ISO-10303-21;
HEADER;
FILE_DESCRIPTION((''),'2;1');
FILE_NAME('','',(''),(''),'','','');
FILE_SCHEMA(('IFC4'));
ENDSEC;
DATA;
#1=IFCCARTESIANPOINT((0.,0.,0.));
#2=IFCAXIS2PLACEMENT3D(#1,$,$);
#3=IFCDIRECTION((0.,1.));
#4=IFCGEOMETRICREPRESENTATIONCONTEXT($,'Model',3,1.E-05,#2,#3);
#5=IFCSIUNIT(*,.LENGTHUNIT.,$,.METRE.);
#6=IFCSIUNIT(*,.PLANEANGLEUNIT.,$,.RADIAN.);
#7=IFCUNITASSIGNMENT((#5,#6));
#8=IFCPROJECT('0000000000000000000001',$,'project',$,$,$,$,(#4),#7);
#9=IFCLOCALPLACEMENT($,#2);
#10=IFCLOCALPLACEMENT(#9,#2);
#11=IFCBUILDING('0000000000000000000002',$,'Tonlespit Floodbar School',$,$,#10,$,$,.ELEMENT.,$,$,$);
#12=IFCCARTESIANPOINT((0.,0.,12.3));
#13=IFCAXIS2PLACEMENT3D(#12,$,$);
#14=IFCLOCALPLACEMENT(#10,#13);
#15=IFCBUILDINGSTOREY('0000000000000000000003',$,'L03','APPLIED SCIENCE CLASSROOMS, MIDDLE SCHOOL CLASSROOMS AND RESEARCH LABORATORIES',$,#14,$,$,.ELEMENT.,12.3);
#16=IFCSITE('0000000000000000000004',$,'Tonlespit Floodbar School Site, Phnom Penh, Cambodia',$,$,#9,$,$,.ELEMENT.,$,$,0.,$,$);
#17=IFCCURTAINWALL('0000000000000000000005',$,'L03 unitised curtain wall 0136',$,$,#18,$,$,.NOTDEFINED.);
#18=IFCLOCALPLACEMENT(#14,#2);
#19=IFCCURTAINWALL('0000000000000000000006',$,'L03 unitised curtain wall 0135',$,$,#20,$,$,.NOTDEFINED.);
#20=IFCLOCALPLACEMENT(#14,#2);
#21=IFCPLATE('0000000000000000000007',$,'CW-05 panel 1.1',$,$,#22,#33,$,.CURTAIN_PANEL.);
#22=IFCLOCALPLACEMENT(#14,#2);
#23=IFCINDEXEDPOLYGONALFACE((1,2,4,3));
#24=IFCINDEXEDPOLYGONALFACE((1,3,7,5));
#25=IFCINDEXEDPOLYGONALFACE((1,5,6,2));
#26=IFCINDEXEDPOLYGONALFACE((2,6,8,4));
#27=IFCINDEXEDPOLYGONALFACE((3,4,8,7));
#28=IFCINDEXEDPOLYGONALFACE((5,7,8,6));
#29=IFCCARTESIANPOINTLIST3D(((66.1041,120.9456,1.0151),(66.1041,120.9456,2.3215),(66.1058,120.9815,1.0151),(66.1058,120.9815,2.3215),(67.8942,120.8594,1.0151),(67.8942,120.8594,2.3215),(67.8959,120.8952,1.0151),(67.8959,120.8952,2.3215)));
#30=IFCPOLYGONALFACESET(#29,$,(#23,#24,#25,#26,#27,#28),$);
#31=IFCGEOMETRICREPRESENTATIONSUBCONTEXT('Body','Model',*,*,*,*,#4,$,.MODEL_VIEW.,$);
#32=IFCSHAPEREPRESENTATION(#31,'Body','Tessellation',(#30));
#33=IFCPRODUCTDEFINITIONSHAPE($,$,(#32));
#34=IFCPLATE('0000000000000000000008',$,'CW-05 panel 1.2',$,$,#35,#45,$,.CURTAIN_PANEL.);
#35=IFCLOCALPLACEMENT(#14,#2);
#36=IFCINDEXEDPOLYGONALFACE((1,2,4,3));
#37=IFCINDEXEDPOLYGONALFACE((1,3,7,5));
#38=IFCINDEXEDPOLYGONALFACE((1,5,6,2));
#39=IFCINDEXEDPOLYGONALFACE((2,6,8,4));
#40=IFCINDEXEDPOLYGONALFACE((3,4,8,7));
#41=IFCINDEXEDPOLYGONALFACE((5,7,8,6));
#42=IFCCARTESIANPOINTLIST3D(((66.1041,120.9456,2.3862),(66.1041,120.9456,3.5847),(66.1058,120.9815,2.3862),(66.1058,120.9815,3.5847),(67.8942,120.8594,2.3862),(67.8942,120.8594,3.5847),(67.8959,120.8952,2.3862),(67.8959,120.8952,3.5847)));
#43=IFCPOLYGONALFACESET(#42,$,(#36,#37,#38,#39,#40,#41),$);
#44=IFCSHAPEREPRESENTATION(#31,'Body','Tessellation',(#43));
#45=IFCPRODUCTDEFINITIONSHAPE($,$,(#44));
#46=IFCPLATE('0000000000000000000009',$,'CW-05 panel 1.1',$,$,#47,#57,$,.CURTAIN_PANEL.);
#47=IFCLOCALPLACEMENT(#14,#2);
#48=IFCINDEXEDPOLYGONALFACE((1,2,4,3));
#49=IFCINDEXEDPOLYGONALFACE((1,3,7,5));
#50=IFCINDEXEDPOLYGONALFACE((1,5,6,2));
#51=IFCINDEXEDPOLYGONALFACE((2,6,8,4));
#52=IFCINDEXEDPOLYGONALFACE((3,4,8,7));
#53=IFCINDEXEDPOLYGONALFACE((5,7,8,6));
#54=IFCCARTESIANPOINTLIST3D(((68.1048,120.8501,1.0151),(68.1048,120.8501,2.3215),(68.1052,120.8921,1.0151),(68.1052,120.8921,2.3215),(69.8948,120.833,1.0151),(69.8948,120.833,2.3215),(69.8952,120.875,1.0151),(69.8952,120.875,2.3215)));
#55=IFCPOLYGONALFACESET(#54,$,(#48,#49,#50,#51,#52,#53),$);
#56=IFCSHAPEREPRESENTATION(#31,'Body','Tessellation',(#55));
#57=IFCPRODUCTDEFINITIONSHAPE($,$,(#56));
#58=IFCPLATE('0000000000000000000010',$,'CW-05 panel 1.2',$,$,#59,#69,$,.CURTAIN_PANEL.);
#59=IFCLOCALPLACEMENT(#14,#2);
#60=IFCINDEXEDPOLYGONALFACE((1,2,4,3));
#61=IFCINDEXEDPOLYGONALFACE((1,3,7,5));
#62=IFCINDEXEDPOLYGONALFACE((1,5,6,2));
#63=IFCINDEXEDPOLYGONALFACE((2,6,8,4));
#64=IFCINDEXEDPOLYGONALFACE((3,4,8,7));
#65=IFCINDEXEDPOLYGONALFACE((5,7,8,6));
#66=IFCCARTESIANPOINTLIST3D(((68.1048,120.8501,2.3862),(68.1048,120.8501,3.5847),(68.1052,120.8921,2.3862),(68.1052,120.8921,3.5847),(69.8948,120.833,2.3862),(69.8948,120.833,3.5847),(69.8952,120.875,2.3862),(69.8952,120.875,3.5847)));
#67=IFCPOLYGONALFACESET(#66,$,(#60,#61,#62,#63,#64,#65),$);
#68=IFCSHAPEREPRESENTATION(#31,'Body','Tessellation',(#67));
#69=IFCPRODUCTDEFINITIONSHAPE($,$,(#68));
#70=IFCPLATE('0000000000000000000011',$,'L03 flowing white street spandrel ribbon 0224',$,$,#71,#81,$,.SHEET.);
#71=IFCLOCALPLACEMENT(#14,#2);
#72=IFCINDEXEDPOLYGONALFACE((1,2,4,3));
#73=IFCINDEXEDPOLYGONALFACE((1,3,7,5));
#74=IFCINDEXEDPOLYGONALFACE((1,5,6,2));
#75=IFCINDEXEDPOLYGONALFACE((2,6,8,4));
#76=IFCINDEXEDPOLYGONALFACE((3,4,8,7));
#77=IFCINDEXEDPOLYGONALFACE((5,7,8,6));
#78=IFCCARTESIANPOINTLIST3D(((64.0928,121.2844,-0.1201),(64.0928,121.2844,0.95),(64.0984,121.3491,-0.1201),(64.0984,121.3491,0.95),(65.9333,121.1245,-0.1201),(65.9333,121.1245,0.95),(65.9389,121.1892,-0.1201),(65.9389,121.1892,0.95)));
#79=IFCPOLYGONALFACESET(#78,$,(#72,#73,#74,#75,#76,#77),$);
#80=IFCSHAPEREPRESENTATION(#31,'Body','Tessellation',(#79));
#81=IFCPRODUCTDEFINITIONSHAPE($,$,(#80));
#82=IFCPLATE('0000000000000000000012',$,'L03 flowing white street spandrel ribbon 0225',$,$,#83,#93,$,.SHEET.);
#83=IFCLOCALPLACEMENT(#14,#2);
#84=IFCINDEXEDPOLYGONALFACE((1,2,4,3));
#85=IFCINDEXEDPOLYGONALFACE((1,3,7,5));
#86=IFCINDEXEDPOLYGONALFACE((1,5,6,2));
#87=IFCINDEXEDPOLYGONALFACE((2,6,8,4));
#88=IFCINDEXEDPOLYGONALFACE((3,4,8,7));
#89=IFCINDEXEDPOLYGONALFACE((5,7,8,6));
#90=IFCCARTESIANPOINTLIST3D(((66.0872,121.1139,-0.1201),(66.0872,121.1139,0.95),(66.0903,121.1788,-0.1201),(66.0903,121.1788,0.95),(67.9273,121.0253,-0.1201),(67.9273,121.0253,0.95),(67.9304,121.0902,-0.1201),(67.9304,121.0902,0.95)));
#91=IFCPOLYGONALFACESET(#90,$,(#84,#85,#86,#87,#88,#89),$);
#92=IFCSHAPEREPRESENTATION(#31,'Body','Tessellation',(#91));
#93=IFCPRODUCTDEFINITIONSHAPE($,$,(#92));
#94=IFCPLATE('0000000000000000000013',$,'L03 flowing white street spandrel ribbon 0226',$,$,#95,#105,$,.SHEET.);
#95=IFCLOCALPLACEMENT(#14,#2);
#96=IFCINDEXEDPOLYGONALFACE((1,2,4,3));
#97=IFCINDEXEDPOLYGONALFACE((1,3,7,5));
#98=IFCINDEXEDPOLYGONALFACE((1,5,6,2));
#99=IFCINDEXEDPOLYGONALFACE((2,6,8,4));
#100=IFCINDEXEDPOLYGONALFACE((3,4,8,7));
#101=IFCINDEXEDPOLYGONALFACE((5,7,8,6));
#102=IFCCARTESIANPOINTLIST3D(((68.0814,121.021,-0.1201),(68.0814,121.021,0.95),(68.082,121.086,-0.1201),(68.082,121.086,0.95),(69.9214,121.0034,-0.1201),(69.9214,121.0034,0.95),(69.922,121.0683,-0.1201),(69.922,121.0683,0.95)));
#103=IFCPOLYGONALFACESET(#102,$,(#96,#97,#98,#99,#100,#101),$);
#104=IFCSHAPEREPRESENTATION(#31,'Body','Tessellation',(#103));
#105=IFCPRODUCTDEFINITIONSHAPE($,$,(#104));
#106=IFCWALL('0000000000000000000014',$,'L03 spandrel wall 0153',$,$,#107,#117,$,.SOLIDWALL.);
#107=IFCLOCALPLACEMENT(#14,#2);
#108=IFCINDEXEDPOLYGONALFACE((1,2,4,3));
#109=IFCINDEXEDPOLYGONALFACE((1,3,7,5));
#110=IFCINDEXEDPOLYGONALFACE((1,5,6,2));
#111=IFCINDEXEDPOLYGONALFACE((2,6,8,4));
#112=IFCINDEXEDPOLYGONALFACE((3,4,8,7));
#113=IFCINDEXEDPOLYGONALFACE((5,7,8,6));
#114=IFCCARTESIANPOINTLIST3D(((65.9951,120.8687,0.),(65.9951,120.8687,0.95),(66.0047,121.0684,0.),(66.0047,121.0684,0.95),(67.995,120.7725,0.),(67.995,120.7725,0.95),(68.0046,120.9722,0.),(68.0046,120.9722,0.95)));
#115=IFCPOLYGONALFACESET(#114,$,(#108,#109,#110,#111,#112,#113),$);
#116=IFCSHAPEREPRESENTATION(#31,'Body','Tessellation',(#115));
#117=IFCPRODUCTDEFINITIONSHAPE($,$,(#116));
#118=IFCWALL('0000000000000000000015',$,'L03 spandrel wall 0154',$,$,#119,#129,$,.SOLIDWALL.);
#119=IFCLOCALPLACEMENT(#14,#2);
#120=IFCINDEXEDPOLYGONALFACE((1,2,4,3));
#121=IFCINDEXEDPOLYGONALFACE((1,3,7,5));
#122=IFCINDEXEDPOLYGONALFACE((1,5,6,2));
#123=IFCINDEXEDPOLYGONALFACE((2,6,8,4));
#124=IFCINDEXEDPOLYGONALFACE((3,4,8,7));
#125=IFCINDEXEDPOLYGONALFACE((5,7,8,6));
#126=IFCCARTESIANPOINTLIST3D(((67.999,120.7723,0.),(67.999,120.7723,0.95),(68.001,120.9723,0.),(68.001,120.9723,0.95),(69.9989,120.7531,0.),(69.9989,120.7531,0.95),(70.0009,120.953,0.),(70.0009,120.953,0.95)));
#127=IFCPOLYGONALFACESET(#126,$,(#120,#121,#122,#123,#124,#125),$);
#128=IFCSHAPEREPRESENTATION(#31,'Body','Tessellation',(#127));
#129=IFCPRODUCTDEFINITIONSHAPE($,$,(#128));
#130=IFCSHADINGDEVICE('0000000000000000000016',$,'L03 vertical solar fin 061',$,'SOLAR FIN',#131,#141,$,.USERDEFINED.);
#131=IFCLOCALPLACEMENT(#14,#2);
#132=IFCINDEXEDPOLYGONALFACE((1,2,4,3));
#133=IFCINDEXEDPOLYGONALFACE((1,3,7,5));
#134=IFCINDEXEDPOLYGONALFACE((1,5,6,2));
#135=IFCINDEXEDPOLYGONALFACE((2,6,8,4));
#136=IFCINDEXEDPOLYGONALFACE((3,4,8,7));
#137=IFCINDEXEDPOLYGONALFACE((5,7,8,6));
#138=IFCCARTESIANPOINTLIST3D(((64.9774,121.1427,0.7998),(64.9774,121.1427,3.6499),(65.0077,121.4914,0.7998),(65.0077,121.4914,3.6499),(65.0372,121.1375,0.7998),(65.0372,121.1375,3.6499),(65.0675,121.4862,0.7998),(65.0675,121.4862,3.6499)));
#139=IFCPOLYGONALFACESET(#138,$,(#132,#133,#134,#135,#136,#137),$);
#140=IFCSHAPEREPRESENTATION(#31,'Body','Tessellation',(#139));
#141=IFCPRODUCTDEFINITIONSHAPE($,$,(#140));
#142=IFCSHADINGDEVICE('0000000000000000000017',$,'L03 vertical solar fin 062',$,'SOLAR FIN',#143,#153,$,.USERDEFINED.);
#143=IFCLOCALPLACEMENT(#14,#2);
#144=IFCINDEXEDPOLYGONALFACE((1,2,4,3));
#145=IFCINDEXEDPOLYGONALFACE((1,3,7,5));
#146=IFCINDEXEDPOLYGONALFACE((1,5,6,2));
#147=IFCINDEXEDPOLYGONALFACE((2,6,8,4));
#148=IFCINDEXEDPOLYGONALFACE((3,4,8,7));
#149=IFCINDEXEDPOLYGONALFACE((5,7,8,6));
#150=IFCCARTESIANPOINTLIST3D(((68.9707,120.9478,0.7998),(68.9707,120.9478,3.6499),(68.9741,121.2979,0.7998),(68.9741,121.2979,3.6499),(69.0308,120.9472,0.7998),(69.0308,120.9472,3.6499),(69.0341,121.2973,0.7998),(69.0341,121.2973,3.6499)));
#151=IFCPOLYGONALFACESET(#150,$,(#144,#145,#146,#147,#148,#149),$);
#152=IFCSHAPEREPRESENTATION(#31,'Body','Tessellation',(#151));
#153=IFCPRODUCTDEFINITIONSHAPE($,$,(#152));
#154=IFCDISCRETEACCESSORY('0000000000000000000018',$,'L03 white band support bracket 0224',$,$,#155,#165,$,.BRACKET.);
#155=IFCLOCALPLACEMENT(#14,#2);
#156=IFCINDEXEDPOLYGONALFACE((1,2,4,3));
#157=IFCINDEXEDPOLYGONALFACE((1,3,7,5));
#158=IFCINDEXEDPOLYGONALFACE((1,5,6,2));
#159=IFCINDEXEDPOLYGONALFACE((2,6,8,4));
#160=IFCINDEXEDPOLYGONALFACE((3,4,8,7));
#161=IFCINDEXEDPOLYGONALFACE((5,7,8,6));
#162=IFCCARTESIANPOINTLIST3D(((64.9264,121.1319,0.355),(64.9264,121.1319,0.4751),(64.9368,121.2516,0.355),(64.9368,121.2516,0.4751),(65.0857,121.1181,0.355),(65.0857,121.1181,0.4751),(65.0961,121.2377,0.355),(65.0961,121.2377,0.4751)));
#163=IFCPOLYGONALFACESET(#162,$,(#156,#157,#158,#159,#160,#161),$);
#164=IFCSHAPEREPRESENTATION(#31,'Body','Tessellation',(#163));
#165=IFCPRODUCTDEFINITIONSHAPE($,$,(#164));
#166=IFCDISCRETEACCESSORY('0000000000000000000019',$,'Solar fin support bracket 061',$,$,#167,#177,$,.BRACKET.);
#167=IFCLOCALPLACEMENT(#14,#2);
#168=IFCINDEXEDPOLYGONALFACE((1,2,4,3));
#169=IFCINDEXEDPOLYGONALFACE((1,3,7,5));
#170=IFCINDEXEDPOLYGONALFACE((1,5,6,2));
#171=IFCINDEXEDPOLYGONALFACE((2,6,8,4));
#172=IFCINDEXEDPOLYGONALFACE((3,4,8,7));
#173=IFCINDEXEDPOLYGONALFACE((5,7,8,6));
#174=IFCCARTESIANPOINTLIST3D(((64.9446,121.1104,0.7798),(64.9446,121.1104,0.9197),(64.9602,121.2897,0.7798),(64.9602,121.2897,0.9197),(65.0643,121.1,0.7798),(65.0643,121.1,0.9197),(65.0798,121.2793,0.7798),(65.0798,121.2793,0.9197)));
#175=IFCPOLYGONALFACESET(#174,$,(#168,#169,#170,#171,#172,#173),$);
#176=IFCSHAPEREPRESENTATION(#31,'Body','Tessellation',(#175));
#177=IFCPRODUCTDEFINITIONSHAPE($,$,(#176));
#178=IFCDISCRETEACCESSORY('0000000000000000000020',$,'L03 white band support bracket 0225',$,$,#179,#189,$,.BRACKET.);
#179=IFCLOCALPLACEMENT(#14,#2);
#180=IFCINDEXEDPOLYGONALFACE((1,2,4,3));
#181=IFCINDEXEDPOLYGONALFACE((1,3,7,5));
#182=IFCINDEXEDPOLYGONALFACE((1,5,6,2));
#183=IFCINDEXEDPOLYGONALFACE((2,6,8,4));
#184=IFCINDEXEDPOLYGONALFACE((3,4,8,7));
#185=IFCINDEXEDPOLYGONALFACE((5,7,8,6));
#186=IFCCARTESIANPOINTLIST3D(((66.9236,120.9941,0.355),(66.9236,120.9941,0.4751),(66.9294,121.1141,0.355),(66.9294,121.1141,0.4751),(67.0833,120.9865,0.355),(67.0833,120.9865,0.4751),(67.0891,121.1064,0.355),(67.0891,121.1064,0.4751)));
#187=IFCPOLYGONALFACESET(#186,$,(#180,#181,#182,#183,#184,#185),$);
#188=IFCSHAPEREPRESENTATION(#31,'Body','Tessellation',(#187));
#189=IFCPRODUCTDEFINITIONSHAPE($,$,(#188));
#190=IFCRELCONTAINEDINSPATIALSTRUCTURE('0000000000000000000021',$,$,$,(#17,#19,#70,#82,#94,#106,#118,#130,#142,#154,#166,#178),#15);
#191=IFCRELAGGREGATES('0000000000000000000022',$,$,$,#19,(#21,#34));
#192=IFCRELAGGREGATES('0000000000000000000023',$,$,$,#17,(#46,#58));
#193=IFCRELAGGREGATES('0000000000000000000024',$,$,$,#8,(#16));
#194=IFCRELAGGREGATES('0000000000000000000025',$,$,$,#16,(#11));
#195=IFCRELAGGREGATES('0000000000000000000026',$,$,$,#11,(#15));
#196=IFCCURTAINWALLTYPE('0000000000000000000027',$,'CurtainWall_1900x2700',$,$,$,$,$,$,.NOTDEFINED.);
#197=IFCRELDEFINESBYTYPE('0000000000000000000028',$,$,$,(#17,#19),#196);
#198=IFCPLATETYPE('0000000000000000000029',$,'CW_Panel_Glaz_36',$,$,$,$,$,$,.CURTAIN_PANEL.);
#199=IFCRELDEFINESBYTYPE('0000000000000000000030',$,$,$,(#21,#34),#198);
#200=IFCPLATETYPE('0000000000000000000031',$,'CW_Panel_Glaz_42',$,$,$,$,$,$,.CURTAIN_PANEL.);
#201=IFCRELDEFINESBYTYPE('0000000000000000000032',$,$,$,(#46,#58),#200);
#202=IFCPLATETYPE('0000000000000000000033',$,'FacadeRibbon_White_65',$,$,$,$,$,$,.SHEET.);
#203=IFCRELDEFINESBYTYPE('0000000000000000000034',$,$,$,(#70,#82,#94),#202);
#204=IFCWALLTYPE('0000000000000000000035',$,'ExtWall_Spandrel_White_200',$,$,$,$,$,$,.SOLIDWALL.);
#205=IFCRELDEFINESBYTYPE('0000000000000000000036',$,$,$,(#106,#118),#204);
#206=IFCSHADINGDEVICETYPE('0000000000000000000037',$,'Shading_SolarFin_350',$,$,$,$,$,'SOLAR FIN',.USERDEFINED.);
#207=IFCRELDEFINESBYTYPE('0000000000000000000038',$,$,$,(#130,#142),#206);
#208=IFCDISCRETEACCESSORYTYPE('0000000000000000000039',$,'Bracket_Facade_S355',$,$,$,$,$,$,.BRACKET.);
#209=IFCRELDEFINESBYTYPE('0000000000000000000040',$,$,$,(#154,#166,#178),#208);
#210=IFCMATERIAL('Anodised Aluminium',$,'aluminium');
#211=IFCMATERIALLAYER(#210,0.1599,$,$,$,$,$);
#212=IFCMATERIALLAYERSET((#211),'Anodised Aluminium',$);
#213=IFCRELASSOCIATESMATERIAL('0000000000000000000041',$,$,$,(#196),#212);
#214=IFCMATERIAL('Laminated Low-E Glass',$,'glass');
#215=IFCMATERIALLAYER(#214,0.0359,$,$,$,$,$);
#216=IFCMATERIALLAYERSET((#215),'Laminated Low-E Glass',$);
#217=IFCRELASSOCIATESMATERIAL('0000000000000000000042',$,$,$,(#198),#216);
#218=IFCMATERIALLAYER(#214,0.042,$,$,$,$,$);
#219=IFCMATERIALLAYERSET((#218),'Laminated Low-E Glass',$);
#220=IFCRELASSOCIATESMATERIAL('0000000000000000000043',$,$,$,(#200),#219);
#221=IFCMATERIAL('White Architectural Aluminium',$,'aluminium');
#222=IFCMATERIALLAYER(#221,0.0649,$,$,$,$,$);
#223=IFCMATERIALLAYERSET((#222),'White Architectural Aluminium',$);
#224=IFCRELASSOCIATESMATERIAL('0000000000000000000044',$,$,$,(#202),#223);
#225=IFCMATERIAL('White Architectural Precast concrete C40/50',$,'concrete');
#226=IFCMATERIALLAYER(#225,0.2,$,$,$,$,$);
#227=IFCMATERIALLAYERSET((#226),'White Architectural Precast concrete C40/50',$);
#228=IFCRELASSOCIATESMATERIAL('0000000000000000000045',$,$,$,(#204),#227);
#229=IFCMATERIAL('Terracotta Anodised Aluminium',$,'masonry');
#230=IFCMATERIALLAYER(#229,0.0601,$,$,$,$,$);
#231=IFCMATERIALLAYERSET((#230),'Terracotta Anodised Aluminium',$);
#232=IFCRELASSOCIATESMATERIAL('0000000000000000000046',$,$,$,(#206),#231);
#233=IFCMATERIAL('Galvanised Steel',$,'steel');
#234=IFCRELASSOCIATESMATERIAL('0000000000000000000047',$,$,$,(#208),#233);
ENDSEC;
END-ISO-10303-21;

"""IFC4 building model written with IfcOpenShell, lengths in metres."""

from ifc_helpers import new_model, si_unit, direction, frame, frame_2d, origin, origin_2d, place, context, subcontext, project, spatial, rectangle, extrude, material, layer, layer_set, type_object, element, aggregate, save


model = new_model("IFC4")

# Units and contexts
model_context = context("Model", 3, precision=1e-05, world=origin(), true_north=direction((0.0, 1.0)))
body_context = subcontext(model_context, "Body", "Model", "MODEL_VIEW")
ifc_project = project(units=[si_unit("LENGTHUNIT", "METRE"), si_unit("PLANEANGLEUNIT", "RADIAN")], contexts=[model_context])

# Site, building, storey
site_placement = place(None, origin())
site = spatial("IfcSite", under=ifc_project, at=site_placement, Name="Tonlespit Floodbar School Site, Phnom Penh, Cambodia", CompositionType="ELEMENT", RefElevation=0.0)
building_placement = place(site_placement, origin())
building = spatial("IfcBuilding", under=site, at=building_placement, Name="Tonlespit Floodbar School", CompositionType="ELEMENT")
storey_placement = place(building_placement, frame((0.0, 0.0, 12.3)))
storey = spatial("IfcBuildingStorey", under=building, at=storey_placement, Name="L03", Description="APPLIED SCIENCE CLASSROOMS, MIDDLE SCHOOL CLASSROOMS AND RESEARCH LABORATORIES", CompositionType="ELEMENT", Elevation=12.3)

# Curtain wall
ifc_material_1 = material(Name="Anodised Aluminium", Category="aluminium")
ifc_layer_1 = layer(ifc_material_1, 0.1599)
ifc_layer_set_1 = layer_set([ifc_layer_1], Name="Anodised Aluminium")
curtain_wall_type_1 = type_object("IfcCurtainWallType", Name="CurtainWall_1900x2700", PredefinedType="NOTDEFINED", material=ifc_layer_set_1)
curtain_wall_1_placement = place(storey_placement, origin())
curtain_wall_1 = element("IfcCurtainWall", 1, at=curtain_wall_1_placement, inside=storey, type_object=curtain_wall_type_1, Name="L03 unitised curtain wall 0136", PredefinedType="NOTDEFINED")

# Curtain wall
curtain_wall_2_placement = place(storey_placement, origin())
curtain_wall_2 = element("IfcCurtainWall", 2, at=curtain_wall_2_placement, inside=storey, type_object=curtain_wall_type_1, Name="L03 unitised curtain wall 0135", PredefinedType="NOTDEFINED")

# Plates
ifc_material_2 = material(Name="Laminated Low-E Glass", Category="glass")
ifc_layer_2 = layer(ifc_material_2, 0.0359)
ifc_layer_set_2 = layer_set([ifc_layer_2], Name="Laminated Low-E Glass")
plate_type_1 = type_object("IfcPlateType", Name="CW_Panel_Glaz_36", PredefinedType="CURTAIN_PANEL", material=ifc_layer_set_2)
plate_1_placement = place(storey_placement, frame((67.0, 120.9204, 1.0151), z_axis=(0.0, 0.0, 1.0), x_axis=(0.998842, -0.048121, 0.0)))
plate_1 = element("IfcPlate", 3, at=plate_1_placement, type_object=plate_type_1, Name="CW-05 panel 1.1", PredefinedType="CURTAIN_PANEL", context=body_context, shape_type="SweptSolid", body=[
    extrude(rectangle(XDim=1.7922, YDim=0.0359, at=origin_2d()), origin(), (0.0, 0.0, 1.0), 1.3064),
])
plate_2_placement = place(storey_placement, frame((67.0, 120.9204, 2.3862), z_axis=(0.0, 0.0, 1.0), x_axis=(0.998842, -0.048121, 0.0)))
plate_2 = element("IfcPlate", 4, at=plate_2_placement, type_object=plate_type_1, Name="CW-05 panel 1.2", PredefinedType="CURTAIN_PANEL", context=body_context, shape_type="SweptSolid", body=[
    extrude(rectangle(XDim=1.7922, YDim=0.0359, at=origin_2d()), origin(), (0.0, 0.0, 1.0), 1.1985),
])
aggregate(curtain_wall_2, [plate_1, plate_2])
ifc_layer_3 = layer(ifc_material_2, 0.042)
ifc_layer_set_3 = layer_set([ifc_layer_3], Name="Laminated Low-E Glass")
plate_type_2 = type_object("IfcPlateType", Name="CW_Panel_Glaz_42", PredefinedType="CURTAIN_PANEL", material=ifc_layer_set_3)
plate_3_placement = place(storey_placement, frame((69.0, 120.8625, 1.0151), z_axis=(0.0, 0.0, 1.0), x_axis=(0.999954, -0.009583, 0.0)))
plate_3 = element("IfcPlate", 5, at=plate_3_placement, type_object=plate_type_2, Name="CW-05 panel 1.1", PredefinedType="CURTAIN_PANEL", context=body_context, shape_type="SweptSolid", body=[
    extrude(rectangle(XDim=1.79, YDim=0.042, at=origin_2d()), origin(), (0.0, 0.0, 1.0), 1.3064),
])
plate_4_placement = place(storey_placement, frame((69.0, 120.8625, 2.3862), z_axis=(0.0, 0.0, 1.0), x_axis=(0.999954, -0.009583, 0.0)))
plate_4 = element("IfcPlate", 6, at=plate_4_placement, type_object=plate_type_2, Name="CW-05 panel 1.2", PredefinedType="CURTAIN_PANEL", context=body_context, shape_type="SweptSolid", body=[
    extrude(rectangle(XDim=1.79, YDim=0.042, at=origin_2d()), origin(), (0.0, 0.0, 1.0), 1.1985),
])
aggregate(curtain_wall_1, [plate_3, plate_4])

# Plates
ifc_material_3 = material(Name="White Architectural Aluminium", Category="aluminium")
ifc_layer_4 = layer(ifc_material_3, 0.0649)
ifc_layer_set_4 = layer_set([ifc_layer_4], Name="White Architectural Aluminium")
plate_type_3 = type_object("IfcPlateType", Name="FacadeRibbon_White_65", PredefinedType="SHEET", material=ifc_layer_set_4)
plate_5_placement = place(storey_placement, frame((65.0159, 121.2368, -0.1201), z_axis=(0.0, 0.0, 1.0), x_axis=(0.996245, -0.086573, 0.0)))
element("IfcPlate", 7, at=plate_5_placement, inside=storey, type_object=plate_type_3, Name="L03 flowing white street spandrel ribbon 0224", PredefinedType="SHEET", context=body_context, shape_type="SweptSolid", body=[
    extrude(rectangle(XDim=1.8474, YDim=0.0649, at=origin_2d()), origin(), (0.0, 0.0, 1.0), 1.0701),
])
plate_6_placement = place(storey_placement, frame((67.0088, 121.1021, -0.1201), z_axis=(0.0, 0.0, 1.0), x_axis=(0.998843, -0.048095, 0.0)))
element("IfcPlate", 8, at=plate_6_placement, inside=storey, type_object=plate_type_3, Name="L03 flowing white street spandrel ribbon 0225", PredefinedType="SHEET", context=body_context, shape_type="SweptSolid", body=[
    extrude(rectangle(XDim=1.8423, YDim=0.0649, at=origin_2d()), origin(), (0.0, 0.0, 1.0), 1.0701),
])
plate_7_placement = place(storey_placement, frame((69.0017, 121.0447, -0.1201), z_axis=(0.0, 0.0, 1.0), x_axis=(0.999954, -0.009599, 0.0)))
element("IfcPlate", 9, at=plate_7_placement, inside=storey, type_object=plate_type_3, Name="L03 flowing white street spandrel ribbon 0226", PredefinedType="SHEET", context=body_context, shape_type="SweptSolid", body=[
    extrude(rectangle(XDim=1.8401, YDim=0.0649, at=origin_2d()), origin(), (0.0, 0.0, 1.0), 1.0701),
])

# Walls
ifc_material_4 = material(Name="White Architectural Precast concrete C40/50", Category="concrete")
ifc_layer_5 = layer(ifc_material_4, 0.2)
ifc_layer_set_5 = layer_set([ifc_layer_5], Name="White Architectural Precast concrete C40/50")
wall_type = type_object("IfcWallType", Name="ExtWall_Spandrel_White_200", PredefinedType="SOLIDWALL", material=ifc_layer_set_5)
wall_1_placement = place(storey_placement, frame((66.0, 120.9685, 0.0), z_axis=(0.0, 0.0, 1.0), x_axis=(0.998845, -0.04804, 0.0)))
element("IfcWall", 10, at=wall_1_placement, inside=storey, type_object=wall_type, Name="L03 spandrel wall 0153", PredefinedType="SOLIDWALL", context=body_context, shape_type="SweptSolid", body=[
    extrude(rectangle(XDim=2.0022, YDim=0.2, at=frame_2d((1.001, 0.0))), origin(), (0.0, 0.0, 1.0), 0.95),
])
wall_2_placement = place(storey_placement, frame((68.0, 120.8723, 0.0), z_axis=(0.0, 0.0, 1.0), x_axis=(0.999954, -0.009643, 0.0)))
element("IfcWall", 11, at=wall_2_placement, inside=storey, type_object=wall_type, Name="L03 spandrel wall 0154", PredefinedType="SOLIDWALL", context=body_context, shape_type="SweptSolid", body=[
    extrude(rectangle(XDim=2.0, YDim=0.2, at=frame_2d((1.0, 0.0))), origin(), (0.0, 0.0, 1.0), 0.95),
])

# Shading devices
ifc_material_5 = material(Name="Terracotta Anodised Aluminium", Category="masonry")
ifc_layer_6 = layer(ifc_material_5, 0.0601)
ifc_layer_set_6 = layer_set([ifc_layer_6], Name="Terracotta Anodised Aluminium")
shading_device_type = type_object("IfcShadingDeviceType", Name="Shading_SolarFin_350", ElementType="SOLAR FIN", PredefinedType="USERDEFINED", material=ifc_layer_set_6)
for number, where, z_axis, x_axis, name in (
    (12, (65.0225, 121.3145, 0.7998), (0.0, 0.0, 1.0), (0.996245, -0.086573, 0.0), "L03 vertical solar fin 061"),
    (13, (69.0024, 121.1226, 0.7998), (0.0, 0.0, 1.0), (0.999954, -0.009599, 0.0), "L03 vertical solar fin 062"),
):
    element("IfcShadingDevice", number, at=place(storey_placement, frame(where, z_axis=z_axis, x_axis=x_axis)), inside=storey, type_object=shading_device_type, Name=name, ObjectType="SOLAR FIN", PredefinedType="USERDEFINED", context=body_context, shape_type="SweptSolid", body=[
        extrude(rectangle(XDim=0.0601, YDim=0.3501, at=origin_2d()), origin(), (0.0, 0.0, 1.0), 2.8501),
    ])

# Discrete accessories
ifc_material_6 = material(Name="Galvanised Steel", Category="steel")
discrete_accessory_type = type_object("IfcDiscreteAccessoryType", Name="Bracket_Facade_S355", PredefinedType="BRACKET", material=ifc_material_6)
discrete_accessory_1_placement = place(storey_placement, frame((65.0112, 121.1848, 0.355), z_axis=(0.0, 0.0, 1.0), x_axis=(0.996245, -0.086573, 0.0)))
element("IfcDiscreteAccessory", 14, at=discrete_accessory_1_placement, inside=storey, type_object=discrete_accessory_type, Name="L03 white band support bracket 0224", PredefinedType="BRACKET", context=body_context, shape_type="SweptSolid", body=[
    extrude(rectangle(XDim=0.1599, YDim=0.1201, at=origin_2d()), origin(), (0.0, 0.0, 1.0), 0.1201),
])
discrete_accessory_2_placement = place(storey_placement, frame((65.0122, 121.1948, 0.7798), z_axis=(0.0, 0.0, 1.0), x_axis=(0.996245, -0.086573, 0.0)))
element("IfcDiscreteAccessory", 15, at=discrete_accessory_2_placement, inside=storey, type_object=discrete_accessory_type, Name="Solar fin support bracket 061", PredefinedType="BRACKET", context=body_context, shape_type="SweptSolid", body=[
    extrude(rectangle(XDim=0.1201, YDim=0.1799, at=origin_2d()), origin(), (0.0, 0.0, 1.0), 0.1399),
])
for number, where, z_axis, x_axis, name in (
    (16, (67.0063, 121.0503, 0.355), (0.0, 0.0, 1.0), (0.998843, -0.048095, 0.0), "L03 white band support bracket 0225"),
):
    element("IfcDiscreteAccessory", number, at=place(storey_placement, frame(where, z_axis=z_axis, x_axis=x_axis)), inside=storey, type_object=discrete_accessory_type, Name=name, PredefinedType="BRACKET", context=body_context, shape_type="SweptSolid", body=[
        extrude(rectangle(XDim=0.1599, YDim=0.1201, at=origin_2d()), origin(), (0.0, 0.0, 1.0), 0.1201),
    ])

save(model, "model.ifc")
